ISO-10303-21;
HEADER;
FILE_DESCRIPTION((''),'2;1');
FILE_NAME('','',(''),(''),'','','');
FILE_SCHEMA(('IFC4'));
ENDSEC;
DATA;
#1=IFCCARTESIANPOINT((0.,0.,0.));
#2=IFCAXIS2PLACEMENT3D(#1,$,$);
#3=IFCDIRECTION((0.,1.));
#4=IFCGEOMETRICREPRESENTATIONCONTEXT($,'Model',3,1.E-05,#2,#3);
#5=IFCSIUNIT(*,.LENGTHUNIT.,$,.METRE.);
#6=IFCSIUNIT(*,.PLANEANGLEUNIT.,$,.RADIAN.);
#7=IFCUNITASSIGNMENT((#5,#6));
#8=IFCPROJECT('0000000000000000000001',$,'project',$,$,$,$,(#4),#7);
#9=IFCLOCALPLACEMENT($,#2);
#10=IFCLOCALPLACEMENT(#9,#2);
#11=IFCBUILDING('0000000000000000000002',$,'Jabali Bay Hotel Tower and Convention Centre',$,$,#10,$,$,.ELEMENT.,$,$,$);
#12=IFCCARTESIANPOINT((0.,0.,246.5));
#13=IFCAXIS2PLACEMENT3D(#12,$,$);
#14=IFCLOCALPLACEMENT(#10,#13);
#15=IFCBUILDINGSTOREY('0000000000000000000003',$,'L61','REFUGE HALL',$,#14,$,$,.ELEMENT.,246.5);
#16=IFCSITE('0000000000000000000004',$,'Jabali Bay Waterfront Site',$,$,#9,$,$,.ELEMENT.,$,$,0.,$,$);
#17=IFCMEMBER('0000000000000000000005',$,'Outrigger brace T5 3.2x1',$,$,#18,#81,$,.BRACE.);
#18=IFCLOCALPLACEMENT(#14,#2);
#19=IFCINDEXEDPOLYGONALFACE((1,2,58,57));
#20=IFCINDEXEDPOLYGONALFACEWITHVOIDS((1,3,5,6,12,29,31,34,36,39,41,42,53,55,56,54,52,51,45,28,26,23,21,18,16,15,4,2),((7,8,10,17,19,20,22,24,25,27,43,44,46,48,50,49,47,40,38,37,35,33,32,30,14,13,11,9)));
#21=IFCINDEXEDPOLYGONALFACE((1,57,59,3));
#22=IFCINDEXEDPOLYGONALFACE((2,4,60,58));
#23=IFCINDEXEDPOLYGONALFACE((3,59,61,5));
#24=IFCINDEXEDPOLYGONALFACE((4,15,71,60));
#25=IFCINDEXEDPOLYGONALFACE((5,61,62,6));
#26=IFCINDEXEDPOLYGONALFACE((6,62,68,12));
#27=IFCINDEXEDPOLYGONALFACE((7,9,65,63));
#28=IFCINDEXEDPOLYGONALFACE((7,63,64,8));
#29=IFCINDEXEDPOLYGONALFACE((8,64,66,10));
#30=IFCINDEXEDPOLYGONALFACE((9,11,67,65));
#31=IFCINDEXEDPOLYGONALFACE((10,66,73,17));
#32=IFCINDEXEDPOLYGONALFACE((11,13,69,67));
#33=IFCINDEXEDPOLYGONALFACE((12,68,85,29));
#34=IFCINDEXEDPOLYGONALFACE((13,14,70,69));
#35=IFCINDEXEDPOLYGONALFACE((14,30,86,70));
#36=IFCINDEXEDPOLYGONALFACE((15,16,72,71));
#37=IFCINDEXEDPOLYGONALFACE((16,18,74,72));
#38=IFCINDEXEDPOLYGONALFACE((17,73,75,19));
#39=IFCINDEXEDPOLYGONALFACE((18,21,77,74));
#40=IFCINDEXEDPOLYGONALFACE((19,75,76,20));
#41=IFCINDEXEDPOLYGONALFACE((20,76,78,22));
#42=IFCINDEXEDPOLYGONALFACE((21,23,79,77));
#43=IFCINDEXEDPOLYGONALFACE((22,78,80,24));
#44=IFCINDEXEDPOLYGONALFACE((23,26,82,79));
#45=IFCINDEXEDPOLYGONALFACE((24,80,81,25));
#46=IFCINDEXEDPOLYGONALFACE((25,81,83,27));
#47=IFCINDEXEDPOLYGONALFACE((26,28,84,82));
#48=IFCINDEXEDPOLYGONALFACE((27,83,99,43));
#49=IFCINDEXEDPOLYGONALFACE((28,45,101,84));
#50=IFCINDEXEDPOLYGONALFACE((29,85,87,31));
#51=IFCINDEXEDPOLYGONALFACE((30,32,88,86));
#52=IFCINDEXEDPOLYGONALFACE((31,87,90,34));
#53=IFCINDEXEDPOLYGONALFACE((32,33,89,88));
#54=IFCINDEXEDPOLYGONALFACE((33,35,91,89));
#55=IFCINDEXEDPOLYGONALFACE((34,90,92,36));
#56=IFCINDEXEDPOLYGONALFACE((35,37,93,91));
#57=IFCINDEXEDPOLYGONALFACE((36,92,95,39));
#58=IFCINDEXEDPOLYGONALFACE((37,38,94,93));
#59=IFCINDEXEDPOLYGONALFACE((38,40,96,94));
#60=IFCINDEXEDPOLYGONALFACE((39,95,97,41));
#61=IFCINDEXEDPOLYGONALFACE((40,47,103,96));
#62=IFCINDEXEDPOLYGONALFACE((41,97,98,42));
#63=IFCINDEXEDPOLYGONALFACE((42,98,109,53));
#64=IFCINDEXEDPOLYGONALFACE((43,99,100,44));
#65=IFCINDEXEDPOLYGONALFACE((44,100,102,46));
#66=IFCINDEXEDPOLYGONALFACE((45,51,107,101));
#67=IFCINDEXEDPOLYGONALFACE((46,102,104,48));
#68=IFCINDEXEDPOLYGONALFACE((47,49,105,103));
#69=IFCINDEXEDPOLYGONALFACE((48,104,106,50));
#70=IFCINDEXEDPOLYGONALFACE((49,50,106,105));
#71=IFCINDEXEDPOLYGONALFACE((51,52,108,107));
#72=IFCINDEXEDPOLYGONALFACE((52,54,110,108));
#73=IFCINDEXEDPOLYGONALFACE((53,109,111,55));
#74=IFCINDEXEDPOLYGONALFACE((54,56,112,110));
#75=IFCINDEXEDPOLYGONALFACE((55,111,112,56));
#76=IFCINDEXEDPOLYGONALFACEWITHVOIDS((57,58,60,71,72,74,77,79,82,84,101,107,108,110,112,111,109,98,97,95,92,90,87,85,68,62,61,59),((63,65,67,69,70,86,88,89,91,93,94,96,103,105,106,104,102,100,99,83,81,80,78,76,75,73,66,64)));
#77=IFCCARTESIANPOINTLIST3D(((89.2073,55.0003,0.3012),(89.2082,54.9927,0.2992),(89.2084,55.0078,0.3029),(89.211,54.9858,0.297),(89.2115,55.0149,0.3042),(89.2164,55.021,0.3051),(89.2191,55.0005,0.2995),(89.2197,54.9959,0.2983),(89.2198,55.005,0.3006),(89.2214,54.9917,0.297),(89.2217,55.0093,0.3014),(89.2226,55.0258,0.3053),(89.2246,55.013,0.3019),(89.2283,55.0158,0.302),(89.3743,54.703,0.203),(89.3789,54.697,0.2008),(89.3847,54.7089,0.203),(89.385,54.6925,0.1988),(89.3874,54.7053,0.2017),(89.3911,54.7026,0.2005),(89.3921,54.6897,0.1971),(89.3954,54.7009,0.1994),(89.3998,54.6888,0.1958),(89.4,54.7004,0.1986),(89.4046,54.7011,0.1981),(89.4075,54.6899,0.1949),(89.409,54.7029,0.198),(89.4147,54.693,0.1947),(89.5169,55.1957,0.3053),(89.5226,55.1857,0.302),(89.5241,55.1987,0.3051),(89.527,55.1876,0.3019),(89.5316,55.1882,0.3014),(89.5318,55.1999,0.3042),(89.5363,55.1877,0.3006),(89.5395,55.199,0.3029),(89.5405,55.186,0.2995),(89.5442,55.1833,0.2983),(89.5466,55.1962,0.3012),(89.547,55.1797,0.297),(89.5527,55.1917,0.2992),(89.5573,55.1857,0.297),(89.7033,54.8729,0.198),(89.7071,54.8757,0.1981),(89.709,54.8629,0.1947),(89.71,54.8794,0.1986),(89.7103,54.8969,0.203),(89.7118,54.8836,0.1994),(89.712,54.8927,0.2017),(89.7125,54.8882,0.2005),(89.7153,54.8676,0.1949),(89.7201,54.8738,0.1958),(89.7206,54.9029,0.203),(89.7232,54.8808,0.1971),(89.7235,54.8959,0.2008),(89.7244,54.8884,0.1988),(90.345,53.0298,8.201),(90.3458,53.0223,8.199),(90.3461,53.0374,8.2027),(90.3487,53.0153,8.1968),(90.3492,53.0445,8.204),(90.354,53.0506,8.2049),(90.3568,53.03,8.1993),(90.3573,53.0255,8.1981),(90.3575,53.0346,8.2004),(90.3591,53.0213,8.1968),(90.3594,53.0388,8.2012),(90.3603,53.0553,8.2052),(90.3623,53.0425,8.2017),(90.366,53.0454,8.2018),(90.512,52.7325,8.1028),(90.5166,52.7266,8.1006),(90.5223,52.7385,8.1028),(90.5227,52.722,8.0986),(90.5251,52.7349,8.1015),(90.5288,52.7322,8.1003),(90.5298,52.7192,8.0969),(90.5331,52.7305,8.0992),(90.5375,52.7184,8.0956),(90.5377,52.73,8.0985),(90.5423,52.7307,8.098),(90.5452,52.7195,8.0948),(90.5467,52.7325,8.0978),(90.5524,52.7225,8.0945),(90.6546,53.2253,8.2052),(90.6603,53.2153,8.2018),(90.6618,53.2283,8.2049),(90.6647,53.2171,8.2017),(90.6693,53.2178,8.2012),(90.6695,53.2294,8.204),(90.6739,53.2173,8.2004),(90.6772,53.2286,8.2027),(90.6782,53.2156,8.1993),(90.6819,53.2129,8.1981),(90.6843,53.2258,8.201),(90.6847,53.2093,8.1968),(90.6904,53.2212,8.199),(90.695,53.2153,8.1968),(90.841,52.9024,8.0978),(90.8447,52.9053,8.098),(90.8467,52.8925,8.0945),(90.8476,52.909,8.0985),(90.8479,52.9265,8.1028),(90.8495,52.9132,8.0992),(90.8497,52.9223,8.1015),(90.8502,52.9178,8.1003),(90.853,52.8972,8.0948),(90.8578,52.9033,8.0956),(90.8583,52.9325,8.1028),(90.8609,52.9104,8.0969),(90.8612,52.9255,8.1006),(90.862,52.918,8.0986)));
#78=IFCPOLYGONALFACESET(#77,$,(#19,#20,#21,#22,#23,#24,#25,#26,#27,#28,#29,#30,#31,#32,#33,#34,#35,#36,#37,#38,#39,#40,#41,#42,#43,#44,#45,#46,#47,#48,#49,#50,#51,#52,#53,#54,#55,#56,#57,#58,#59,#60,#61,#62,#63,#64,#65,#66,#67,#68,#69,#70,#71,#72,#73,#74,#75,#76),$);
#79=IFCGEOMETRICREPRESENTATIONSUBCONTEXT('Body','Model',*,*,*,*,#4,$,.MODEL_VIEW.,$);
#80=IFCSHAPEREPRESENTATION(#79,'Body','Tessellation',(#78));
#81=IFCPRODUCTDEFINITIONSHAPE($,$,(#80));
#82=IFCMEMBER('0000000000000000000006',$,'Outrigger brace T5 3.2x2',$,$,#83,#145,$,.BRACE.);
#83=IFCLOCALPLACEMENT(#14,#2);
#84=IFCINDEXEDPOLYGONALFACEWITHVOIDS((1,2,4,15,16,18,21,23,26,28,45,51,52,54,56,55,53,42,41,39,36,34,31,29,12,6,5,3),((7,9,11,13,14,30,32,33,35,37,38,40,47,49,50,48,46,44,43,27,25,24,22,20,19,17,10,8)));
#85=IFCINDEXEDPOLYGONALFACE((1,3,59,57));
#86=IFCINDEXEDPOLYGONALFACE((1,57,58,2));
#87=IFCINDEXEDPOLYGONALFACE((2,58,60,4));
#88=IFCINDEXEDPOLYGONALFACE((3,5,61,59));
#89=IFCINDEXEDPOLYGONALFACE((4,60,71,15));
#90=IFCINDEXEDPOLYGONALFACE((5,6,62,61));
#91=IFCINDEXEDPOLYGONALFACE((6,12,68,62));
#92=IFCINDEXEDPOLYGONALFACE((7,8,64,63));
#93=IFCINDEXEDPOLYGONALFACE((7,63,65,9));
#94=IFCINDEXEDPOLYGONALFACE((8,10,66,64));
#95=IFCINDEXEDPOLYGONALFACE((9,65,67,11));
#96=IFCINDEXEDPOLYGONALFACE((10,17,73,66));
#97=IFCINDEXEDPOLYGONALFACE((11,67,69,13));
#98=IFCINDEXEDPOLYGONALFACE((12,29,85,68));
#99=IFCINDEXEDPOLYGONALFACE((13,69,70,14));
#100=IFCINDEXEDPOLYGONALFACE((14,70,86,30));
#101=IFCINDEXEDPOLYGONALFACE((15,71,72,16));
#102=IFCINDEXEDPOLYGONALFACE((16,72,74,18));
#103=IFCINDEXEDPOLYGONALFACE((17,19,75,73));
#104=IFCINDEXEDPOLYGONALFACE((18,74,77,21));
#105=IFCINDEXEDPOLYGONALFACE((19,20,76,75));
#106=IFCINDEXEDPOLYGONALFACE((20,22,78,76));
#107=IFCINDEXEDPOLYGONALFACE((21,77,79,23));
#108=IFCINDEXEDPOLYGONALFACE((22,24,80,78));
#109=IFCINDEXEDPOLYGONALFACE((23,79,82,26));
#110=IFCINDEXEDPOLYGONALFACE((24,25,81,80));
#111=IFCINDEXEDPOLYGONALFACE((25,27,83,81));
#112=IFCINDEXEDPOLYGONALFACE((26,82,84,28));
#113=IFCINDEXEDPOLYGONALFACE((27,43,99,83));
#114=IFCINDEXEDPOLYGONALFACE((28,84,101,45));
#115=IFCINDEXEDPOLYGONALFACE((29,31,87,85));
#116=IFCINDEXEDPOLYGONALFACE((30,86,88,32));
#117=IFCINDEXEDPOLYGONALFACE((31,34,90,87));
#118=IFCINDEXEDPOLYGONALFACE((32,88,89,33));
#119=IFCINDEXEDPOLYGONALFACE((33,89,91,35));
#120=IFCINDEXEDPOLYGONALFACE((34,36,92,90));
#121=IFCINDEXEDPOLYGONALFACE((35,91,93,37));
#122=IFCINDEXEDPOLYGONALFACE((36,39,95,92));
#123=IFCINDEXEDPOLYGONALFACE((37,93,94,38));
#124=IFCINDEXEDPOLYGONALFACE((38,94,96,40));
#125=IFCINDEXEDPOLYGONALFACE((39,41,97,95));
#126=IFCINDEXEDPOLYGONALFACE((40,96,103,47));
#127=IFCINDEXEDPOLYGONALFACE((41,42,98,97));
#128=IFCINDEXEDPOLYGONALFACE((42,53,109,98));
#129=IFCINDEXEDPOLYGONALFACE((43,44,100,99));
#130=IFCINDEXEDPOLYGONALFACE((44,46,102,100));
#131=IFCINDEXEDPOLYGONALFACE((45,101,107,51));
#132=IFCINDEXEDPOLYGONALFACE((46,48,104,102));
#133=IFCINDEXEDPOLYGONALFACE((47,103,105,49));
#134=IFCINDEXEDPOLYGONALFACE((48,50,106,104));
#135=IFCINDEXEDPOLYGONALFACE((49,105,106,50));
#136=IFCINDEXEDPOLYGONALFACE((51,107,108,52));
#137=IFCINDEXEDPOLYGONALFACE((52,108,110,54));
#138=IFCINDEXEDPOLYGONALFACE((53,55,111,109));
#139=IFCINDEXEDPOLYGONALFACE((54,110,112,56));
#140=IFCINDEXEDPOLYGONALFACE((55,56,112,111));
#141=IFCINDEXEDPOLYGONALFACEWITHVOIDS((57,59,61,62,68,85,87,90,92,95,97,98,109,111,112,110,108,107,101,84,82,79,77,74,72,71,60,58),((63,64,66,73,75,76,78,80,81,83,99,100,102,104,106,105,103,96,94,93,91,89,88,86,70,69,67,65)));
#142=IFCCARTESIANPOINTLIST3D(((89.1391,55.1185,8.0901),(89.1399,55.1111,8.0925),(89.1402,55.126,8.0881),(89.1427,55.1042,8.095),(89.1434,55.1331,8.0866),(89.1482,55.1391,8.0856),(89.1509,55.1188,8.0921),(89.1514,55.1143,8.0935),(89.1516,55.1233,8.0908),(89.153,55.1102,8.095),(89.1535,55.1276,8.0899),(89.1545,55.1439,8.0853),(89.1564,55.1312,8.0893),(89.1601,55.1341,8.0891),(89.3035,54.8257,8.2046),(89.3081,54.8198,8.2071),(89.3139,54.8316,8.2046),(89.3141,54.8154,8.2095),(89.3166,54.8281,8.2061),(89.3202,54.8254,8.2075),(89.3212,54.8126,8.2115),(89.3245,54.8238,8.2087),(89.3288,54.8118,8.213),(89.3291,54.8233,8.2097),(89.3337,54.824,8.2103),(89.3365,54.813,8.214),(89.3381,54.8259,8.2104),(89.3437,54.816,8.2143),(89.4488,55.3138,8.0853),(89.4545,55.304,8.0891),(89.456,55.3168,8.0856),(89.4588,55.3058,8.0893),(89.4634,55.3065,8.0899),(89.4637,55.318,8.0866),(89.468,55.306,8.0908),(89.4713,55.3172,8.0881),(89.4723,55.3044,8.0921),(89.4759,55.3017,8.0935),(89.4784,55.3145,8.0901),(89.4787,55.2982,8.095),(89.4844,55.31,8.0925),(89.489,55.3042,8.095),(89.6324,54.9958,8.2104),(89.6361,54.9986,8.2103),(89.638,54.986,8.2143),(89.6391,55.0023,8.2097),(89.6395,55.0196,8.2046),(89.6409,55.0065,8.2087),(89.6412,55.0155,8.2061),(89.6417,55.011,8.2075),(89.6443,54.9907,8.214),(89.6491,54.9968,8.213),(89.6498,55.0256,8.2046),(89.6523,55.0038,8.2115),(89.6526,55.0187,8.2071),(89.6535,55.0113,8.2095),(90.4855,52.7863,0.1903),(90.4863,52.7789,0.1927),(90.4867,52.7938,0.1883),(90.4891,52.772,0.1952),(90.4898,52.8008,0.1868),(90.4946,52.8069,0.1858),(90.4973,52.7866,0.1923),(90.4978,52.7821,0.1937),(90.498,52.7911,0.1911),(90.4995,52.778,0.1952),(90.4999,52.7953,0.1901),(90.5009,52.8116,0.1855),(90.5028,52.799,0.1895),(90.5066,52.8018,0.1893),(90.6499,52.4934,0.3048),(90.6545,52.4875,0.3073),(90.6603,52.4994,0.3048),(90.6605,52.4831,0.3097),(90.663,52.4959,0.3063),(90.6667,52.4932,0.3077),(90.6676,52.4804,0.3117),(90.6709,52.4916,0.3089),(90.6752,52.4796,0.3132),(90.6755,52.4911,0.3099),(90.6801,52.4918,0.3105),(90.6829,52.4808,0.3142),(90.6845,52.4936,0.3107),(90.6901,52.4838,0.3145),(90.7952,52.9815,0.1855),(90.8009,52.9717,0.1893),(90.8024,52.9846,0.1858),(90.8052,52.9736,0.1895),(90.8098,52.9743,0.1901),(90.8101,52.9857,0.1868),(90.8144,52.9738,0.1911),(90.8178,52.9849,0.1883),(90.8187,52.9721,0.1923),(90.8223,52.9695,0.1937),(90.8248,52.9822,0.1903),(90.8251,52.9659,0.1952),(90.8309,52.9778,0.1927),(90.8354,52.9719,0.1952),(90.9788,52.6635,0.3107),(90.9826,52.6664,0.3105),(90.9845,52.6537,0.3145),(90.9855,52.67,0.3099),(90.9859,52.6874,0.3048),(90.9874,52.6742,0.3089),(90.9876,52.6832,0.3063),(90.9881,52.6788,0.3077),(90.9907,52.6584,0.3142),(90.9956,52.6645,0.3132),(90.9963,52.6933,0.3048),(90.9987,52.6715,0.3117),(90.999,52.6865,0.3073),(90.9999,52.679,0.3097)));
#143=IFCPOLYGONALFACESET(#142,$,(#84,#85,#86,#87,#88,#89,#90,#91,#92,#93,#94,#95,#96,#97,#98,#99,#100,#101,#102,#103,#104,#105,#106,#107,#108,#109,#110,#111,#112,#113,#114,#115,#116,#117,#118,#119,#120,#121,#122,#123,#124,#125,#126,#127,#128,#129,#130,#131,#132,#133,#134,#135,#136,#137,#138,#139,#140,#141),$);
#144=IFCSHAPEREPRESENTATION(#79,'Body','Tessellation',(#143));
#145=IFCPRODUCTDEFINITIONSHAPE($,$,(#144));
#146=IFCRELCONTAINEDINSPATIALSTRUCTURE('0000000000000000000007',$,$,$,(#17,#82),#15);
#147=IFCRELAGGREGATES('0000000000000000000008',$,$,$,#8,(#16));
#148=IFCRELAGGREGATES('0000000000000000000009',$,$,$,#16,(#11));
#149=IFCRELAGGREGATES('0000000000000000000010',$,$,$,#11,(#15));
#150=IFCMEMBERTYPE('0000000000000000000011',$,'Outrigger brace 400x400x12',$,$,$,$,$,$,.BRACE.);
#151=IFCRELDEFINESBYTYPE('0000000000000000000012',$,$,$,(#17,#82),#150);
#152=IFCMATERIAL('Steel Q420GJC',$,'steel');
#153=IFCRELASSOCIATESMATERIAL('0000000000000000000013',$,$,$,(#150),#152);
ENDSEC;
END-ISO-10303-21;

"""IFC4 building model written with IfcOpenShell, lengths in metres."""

from ifc_helpers import new_model, si_unit, direction, frame, origin, origin_2d, place, context, subcontext, project, spatial, hollow_rectangle, extrude, material, material_profile, profile_set, type_object, element, save


model = new_model("IFC4")

# Units and contexts
model_context = context("Model", 3, precision=1e-05, world=origin(), true_north=direction((0.0, 1.0)))
body_context = subcontext(model_context, "Body", "Model", "MODEL_VIEW")
ifc_project = project(units=[si_unit("LENGTHUNIT", "METRE"), si_unit("PLANEANGLEUNIT", "RADIAN")], contexts=[model_context])

# Site, building, storey
site_placement = place(None, origin())
site = spatial("IfcSite", under=ifc_project, at=site_placement, Name="Jabali Bay Waterfront Site", CompositionType="ELEMENT", RefElevation=0.0)
building_placement = place(site_placement, origin())
building = spatial("IfcBuilding", under=site, at=building_placement, Name="Jabali Bay Hotel Tower and Convention Centre", CompositionType="ELEMENT")
storey_placement = place(building_placement, frame((0.0, 0.0, 246.5)))
storey = spatial("IfcBuildingStorey", under=building, at=storey_placement, Name="L61", Description="REFUGE HALL", CompositionType="ELEMENT", Elevation=246.5)

# Members
ifc_material_1 = material(Name="Steel Q420GJC", Category="steel")
ifc_material_profile_1 = material_profile(ifc_material_1, hollow_rectangle(XDim=0.3999, YDim=0.3999, WallThickness=0.012, InnerFilletRadius=0.0181, OuterFilletRadius=0.03, at=origin_2d()), Name="Outrigger brace 400x400x12")
ifc_profile_set_1 = profile_set([ifc_material_profile_1], Name="Steel Q420GJC")
member_type_1 = type_object("IfcMemberType", Name="Outrigger brace 400x400x12", PredefinedType="BRACE", material=ifc_profile_set_1)
member_1_placement = place(storey_placement, frame((89.4658, 54.9443, 0.25), z_axis=(0.138388, -0.239685, 0.960937), x_axis=(0.866016, 0.500017, 0.0)))
element("IfcMember", 1, at=member_1_placement, inside=storey, type_object=member_type_1, Name="Outrigger brace T5 3.2x1", PredefinedType="BRACE", context=body_context, shape_type="SweptSolid", body=[
    extrude(hollow_rectangle(XDim=0.3999, YDim=0.3999, WallThickness=0.012, InnerFilletRadius=0.0181, OuterFilletRadius=0.03, at=origin_2d()), origin(), (0.0, 0.0, 1.0), 8.2209),
])
member_2_placement = place(storey_placement, frame((90.7427, 52.7327, 0.25), z_axis=(-0.161321, 0.279438, 0.946515), x_axis=(-0.866042, -0.499971, 0.0)))
element("IfcMember", 2, at=member_2_placement, inside=storey, type_object=member_type_1, Name="Outrigger brace T5 3.2x2", PredefinedType="BRACE", context=body_context, shape_type="SweptSolid", body=[
    extrude(hollow_rectangle(XDim=0.3999, YDim=0.3999, WallThickness=0.012, InnerFilletRadius=0.0181, OuterFilletRadius=0.03, at=origin_2d()), origin(), (0.0, 0.0, 1.0), 8.3462),
])

save(model, "model.ifc")
